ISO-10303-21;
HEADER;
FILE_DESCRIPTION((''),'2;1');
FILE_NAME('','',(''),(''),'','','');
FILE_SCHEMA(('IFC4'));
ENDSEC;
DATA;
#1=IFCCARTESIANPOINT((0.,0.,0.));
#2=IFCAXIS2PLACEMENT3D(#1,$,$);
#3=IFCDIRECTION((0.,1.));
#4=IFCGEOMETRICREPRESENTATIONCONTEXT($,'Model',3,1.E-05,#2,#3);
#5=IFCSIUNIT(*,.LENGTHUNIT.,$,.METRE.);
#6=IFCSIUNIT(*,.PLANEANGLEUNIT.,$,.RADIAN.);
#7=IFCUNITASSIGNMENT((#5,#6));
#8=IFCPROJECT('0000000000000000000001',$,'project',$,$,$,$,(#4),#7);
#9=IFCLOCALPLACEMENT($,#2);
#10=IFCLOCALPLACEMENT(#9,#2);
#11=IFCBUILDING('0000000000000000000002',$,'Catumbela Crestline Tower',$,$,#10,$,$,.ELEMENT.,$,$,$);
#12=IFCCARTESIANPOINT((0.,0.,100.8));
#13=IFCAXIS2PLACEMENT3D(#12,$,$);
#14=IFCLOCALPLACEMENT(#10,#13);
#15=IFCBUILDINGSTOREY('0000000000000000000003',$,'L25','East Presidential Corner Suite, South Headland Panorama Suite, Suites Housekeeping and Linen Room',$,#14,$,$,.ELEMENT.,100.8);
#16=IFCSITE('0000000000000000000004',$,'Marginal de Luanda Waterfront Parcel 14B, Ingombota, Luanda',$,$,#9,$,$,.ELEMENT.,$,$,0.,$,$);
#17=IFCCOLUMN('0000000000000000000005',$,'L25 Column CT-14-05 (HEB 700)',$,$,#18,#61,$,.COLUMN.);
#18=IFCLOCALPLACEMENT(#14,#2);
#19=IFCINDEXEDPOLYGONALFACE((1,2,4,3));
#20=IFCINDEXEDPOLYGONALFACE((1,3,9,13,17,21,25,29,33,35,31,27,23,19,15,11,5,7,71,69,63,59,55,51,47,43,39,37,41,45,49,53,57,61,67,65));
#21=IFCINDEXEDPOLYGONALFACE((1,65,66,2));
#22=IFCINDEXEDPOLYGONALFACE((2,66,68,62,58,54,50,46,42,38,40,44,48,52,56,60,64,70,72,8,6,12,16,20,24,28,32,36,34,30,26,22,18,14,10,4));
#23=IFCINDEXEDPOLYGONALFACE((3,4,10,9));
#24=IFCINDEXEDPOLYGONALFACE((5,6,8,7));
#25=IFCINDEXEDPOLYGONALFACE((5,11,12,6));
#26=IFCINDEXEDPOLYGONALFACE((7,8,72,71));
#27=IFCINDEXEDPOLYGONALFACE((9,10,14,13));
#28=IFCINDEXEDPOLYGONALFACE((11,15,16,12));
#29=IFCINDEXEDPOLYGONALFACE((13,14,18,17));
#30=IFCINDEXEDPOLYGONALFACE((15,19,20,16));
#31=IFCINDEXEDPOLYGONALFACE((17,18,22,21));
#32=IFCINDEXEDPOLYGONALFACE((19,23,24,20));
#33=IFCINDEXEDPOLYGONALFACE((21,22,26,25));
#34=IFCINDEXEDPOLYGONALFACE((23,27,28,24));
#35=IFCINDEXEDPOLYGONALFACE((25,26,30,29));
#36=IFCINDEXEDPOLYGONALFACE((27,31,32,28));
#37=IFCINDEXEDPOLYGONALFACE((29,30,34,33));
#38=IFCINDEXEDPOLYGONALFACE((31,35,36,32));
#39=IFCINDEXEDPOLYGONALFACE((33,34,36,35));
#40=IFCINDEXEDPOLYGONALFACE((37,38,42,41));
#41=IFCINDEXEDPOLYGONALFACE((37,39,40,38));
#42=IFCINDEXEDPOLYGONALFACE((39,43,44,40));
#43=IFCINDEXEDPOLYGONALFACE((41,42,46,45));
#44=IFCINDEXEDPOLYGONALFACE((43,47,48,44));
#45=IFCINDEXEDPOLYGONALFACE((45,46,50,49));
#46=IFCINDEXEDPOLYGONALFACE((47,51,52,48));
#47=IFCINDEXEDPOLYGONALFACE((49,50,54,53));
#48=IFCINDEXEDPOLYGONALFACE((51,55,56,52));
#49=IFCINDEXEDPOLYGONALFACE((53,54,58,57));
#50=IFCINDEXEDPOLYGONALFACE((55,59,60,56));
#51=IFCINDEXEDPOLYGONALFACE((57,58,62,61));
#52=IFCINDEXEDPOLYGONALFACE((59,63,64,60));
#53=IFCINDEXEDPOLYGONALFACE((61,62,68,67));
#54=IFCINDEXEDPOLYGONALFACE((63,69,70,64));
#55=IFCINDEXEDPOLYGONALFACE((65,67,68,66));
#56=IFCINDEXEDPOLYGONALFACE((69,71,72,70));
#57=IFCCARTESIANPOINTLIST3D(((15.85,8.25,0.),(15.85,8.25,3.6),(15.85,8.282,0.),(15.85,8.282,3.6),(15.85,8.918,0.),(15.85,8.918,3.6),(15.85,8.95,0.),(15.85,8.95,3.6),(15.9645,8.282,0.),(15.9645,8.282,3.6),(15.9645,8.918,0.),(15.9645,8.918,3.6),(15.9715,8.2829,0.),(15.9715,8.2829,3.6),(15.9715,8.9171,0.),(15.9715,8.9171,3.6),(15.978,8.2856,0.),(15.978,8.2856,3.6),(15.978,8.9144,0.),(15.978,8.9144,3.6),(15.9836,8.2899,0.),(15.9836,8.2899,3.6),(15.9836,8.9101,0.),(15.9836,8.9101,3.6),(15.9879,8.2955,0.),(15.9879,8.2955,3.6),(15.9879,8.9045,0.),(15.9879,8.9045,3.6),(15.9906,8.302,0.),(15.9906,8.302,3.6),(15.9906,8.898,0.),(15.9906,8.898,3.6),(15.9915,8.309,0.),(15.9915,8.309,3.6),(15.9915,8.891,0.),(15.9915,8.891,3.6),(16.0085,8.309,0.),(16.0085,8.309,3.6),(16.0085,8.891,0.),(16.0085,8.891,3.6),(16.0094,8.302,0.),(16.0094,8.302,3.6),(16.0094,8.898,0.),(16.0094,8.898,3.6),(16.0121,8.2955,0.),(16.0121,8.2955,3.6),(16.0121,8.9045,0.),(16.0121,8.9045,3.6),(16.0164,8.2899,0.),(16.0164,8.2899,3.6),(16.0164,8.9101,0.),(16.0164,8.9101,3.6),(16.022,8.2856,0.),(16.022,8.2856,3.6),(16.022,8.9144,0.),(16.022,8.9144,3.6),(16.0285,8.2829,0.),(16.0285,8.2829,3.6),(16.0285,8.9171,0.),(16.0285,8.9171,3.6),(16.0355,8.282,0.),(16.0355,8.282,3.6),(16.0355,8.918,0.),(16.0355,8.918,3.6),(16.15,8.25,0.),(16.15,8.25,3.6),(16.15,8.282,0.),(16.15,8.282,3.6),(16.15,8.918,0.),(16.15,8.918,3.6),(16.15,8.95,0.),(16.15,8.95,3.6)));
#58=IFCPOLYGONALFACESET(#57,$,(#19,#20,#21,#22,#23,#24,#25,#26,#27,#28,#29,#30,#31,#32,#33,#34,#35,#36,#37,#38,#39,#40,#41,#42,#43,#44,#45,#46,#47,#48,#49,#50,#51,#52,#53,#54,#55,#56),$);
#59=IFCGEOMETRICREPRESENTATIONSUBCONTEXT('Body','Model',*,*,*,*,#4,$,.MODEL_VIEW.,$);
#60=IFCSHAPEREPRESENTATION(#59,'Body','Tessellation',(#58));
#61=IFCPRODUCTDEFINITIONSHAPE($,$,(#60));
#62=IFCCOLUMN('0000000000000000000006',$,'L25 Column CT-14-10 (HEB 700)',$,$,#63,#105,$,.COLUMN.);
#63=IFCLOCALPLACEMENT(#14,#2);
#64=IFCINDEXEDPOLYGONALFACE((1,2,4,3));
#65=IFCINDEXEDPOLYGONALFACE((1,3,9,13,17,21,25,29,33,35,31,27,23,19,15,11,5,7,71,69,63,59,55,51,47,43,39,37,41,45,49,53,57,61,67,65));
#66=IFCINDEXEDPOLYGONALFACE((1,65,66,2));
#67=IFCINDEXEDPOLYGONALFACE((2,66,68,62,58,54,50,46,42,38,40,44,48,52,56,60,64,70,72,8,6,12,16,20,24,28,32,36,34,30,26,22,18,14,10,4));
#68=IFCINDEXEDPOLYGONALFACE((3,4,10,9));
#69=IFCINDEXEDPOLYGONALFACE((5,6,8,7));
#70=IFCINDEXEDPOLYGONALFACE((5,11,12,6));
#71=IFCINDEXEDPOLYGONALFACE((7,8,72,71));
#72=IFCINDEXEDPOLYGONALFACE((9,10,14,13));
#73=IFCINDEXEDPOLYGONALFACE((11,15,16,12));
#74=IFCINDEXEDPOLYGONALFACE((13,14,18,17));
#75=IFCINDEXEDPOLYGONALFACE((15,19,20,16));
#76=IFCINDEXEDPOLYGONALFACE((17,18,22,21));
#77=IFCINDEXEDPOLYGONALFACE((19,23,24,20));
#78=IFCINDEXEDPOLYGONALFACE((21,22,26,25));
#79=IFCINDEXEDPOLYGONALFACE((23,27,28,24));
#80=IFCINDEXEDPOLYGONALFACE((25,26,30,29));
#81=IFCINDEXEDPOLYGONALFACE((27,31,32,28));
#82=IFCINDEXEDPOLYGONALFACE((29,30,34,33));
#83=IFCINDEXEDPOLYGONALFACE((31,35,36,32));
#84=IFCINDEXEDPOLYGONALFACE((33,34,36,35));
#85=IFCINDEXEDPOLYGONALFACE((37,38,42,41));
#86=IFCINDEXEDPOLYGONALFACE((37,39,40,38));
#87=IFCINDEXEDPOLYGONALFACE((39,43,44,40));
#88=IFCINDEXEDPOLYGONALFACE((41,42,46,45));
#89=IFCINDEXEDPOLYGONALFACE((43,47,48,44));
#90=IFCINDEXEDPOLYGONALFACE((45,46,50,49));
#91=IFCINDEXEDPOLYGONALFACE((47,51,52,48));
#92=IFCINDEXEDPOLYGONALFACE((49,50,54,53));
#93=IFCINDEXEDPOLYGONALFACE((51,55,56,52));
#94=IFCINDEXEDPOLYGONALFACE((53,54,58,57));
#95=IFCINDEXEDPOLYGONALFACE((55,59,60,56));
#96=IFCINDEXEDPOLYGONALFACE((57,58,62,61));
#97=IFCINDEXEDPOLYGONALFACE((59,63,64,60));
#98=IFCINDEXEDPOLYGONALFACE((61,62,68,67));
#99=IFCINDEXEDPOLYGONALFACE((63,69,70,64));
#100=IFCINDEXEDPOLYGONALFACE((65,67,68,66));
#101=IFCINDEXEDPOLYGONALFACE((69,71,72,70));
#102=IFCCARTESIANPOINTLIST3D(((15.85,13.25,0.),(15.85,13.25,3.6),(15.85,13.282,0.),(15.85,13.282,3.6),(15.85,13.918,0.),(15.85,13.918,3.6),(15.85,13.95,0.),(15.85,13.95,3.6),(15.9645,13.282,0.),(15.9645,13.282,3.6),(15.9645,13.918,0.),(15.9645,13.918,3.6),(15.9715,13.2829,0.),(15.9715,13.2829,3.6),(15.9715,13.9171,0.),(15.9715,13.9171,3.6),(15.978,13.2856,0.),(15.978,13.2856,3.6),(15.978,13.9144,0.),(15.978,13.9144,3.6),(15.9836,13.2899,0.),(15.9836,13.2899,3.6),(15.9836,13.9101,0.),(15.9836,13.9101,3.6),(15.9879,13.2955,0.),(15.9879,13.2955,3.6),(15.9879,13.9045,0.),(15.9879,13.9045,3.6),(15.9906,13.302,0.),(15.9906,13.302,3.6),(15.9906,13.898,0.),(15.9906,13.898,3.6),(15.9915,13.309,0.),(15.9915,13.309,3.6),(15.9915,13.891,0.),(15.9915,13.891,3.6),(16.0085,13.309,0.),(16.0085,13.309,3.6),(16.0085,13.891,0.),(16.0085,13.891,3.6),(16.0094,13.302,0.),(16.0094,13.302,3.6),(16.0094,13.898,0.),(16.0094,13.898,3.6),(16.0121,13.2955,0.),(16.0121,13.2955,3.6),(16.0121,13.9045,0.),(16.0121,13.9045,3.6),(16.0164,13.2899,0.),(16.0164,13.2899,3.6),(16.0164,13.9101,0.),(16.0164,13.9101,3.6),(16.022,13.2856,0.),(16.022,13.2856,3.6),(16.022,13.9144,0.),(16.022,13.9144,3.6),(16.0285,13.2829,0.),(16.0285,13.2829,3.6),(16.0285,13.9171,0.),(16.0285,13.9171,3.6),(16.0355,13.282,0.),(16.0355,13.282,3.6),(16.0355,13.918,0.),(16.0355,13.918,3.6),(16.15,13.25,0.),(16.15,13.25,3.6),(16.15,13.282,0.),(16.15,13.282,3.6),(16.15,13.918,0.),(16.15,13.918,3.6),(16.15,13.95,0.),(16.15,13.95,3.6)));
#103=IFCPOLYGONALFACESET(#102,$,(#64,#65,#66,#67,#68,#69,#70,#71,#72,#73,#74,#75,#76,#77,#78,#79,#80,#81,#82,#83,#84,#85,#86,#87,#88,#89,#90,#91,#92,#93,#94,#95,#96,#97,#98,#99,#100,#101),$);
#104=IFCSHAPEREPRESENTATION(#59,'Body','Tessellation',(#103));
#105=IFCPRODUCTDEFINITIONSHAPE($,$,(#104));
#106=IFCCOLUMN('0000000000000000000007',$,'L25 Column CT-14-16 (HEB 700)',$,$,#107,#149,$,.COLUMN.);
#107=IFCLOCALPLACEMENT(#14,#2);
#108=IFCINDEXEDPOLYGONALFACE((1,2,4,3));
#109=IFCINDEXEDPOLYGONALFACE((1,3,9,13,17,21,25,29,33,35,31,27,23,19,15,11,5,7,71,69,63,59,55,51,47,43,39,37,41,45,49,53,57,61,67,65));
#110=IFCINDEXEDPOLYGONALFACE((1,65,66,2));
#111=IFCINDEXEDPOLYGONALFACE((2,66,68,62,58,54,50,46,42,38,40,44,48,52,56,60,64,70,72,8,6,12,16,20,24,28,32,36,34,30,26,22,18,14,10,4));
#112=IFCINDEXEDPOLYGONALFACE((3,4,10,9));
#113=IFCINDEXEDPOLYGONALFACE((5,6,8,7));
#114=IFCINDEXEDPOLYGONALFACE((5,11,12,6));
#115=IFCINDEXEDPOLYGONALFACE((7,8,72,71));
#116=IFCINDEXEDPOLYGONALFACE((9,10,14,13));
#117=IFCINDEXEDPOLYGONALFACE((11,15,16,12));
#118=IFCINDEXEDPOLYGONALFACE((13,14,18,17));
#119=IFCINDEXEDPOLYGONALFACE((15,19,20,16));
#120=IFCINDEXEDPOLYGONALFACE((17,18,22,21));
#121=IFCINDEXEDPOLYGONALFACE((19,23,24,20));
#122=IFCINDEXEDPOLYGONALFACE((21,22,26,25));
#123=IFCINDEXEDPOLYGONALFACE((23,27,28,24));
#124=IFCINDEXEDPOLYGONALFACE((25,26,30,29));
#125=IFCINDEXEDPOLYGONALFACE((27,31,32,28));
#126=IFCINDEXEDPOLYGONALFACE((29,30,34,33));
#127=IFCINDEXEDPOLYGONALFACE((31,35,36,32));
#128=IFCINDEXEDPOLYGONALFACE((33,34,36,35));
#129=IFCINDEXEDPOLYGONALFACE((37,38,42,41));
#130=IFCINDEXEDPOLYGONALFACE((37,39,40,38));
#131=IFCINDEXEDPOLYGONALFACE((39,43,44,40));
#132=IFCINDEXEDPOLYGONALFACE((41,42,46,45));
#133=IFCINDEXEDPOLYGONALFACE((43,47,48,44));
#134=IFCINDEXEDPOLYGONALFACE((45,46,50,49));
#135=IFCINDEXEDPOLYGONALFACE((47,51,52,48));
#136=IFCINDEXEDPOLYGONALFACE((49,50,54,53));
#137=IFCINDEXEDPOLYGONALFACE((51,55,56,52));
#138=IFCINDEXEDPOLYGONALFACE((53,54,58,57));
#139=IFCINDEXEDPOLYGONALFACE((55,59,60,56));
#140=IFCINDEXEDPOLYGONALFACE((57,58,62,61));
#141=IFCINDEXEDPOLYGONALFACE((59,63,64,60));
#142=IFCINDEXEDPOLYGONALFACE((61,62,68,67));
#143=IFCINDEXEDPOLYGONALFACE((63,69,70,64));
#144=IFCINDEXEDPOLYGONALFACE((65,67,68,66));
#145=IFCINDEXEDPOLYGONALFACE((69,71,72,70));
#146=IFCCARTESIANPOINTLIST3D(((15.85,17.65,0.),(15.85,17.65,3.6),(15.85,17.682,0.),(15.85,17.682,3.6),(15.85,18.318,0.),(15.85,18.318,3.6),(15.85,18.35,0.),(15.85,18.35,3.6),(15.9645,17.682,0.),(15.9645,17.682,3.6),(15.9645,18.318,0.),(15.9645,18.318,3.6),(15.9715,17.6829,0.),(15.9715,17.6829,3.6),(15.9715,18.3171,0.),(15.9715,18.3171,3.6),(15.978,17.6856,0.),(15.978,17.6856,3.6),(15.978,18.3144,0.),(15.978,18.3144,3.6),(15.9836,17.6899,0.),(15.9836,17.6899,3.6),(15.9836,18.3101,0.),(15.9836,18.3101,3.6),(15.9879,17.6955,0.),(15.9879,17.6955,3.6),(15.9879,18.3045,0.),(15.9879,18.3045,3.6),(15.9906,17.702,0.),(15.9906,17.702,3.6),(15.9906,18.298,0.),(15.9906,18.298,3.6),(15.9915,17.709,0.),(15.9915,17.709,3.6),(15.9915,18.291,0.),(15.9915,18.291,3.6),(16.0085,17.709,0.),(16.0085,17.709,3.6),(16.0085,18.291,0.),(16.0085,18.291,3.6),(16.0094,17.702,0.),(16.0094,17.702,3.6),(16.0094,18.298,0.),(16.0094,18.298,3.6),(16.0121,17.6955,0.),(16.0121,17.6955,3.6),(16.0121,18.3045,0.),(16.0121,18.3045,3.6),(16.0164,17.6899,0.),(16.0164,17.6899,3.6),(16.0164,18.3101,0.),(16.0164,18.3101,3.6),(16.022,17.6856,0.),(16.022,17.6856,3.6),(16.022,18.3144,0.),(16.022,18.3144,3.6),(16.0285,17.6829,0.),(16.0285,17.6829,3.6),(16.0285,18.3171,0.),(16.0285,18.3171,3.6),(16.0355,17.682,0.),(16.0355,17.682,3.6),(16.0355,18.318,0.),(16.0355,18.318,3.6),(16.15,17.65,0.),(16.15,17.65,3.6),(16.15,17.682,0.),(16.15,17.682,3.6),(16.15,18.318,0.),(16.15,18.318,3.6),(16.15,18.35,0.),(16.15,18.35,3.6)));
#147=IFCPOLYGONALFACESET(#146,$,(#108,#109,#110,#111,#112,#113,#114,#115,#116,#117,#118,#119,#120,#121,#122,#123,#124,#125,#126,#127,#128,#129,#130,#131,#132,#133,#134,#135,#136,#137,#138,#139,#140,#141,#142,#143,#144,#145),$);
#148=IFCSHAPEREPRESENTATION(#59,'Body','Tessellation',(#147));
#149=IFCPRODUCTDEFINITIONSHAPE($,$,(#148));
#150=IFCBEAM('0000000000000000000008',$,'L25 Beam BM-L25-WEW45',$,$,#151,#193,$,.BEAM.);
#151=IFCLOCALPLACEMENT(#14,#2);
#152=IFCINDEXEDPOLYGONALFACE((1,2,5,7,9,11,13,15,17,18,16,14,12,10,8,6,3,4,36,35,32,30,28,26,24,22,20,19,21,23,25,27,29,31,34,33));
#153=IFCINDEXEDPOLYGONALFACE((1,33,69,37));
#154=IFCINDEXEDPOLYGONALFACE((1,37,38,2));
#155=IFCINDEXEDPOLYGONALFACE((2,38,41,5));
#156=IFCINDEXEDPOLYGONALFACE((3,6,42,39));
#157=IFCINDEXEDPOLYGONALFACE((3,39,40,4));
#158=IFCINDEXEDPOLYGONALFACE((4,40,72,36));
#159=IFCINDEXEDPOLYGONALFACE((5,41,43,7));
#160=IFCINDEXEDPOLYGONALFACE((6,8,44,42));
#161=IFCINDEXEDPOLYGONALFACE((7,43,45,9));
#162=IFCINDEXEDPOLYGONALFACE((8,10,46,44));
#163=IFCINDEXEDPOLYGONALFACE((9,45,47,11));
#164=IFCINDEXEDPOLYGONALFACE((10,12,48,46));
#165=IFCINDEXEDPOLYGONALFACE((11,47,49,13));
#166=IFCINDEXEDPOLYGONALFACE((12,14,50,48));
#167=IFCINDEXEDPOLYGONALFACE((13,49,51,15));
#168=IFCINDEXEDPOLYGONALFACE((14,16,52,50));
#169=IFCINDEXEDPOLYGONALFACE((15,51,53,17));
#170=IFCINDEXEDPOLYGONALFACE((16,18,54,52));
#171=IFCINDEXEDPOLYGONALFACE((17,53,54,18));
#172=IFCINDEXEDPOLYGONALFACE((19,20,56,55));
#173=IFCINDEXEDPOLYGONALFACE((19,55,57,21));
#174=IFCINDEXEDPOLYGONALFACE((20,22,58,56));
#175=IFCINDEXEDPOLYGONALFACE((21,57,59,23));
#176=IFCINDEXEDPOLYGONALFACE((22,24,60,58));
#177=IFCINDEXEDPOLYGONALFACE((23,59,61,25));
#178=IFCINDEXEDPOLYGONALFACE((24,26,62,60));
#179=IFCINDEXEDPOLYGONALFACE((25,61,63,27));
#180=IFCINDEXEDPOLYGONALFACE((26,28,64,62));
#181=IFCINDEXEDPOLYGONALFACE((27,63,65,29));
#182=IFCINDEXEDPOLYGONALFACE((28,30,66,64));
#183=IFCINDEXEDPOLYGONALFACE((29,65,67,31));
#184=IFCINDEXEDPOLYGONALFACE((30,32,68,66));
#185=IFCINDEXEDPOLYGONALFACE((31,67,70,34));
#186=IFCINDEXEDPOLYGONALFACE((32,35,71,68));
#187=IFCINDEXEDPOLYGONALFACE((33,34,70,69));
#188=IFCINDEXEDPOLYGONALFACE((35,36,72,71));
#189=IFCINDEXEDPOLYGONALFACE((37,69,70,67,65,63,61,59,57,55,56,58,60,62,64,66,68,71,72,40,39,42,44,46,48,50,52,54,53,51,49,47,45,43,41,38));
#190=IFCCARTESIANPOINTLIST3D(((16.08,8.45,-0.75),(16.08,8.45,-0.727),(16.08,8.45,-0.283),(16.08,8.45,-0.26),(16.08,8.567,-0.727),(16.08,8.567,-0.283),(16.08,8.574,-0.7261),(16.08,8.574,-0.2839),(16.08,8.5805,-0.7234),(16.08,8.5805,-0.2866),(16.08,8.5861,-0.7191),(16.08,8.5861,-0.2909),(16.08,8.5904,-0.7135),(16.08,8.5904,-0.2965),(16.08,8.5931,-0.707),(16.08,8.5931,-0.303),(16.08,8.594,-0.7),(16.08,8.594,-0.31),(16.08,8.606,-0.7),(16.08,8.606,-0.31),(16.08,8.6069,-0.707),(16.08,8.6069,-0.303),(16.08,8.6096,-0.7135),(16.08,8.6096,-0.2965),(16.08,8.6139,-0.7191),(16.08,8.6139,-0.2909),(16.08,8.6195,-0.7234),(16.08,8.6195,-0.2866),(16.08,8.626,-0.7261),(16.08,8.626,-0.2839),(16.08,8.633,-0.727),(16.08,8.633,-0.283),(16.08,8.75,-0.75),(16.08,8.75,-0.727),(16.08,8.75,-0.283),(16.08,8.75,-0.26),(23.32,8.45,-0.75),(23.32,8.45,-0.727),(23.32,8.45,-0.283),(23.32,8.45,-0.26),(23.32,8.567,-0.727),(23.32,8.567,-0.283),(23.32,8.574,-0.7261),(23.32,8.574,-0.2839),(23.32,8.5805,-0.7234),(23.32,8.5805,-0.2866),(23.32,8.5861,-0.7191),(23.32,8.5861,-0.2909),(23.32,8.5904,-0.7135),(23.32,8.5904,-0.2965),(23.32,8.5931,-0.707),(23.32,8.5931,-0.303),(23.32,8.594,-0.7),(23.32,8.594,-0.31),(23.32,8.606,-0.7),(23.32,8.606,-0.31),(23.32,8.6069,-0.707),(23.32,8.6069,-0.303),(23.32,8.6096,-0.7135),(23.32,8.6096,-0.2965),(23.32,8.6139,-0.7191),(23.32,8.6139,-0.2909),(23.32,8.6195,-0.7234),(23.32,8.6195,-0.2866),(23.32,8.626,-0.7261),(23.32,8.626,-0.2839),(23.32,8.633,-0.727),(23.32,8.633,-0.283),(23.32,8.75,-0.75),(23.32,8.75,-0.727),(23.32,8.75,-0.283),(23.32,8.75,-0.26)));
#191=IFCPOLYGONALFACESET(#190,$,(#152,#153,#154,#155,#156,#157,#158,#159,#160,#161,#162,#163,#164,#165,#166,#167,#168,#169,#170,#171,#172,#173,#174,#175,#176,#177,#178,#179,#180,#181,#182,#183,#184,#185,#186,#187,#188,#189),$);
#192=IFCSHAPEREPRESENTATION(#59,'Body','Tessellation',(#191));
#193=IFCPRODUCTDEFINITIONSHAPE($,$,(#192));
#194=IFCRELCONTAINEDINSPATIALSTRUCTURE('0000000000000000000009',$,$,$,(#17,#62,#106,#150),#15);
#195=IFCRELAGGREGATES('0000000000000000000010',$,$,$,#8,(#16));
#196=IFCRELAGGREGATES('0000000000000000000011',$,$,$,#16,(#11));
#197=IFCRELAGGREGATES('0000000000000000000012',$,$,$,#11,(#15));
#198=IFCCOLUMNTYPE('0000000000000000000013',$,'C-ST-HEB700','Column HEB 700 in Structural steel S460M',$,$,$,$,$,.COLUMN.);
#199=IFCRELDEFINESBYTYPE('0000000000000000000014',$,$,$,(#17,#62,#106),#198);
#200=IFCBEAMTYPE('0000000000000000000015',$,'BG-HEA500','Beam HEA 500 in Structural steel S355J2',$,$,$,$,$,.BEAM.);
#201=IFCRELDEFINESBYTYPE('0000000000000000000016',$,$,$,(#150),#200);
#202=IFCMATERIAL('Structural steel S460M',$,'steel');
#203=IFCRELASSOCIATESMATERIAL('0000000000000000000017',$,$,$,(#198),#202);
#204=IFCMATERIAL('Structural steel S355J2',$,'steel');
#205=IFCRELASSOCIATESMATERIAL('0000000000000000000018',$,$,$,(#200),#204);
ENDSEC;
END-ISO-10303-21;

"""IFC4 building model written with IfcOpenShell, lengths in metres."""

from ifc_helpers import new_model, si_unit, direction, frame, origin, origin_2d, place, context, subcontext, project, spatial, i_section, extrude, material, material_profile, profile_set, type_object, element, save


model = new_model("IFC4")

# Units and contexts
model_context = context("Model", 3, precision=1e-05, world=origin(), true_north=direction((0.0, 1.0)))
body_context = subcontext(model_context, "Body", "Model", "MODEL_VIEW")
ifc_project = project(units=[si_unit("LENGTHUNIT", "METRE"), si_unit("PLANEANGLEUNIT", "RADIAN")], contexts=[model_context])

# Site, building, storey
site_placement = place(None, origin())
site = spatial("IfcSite", under=ifc_project, at=site_placement, Name="Marginal de Luanda Waterfront Parcel 14B, Ingombota, Luanda", CompositionType="ELEMENT", RefElevation=0.0)
building_placement = place(site_placement, origin())
building = spatial("IfcBuilding", under=site, at=building_placement, Name="Catumbela Crestline Tower", CompositionType="ELEMENT")
storey_placement = place(building_placement, frame((0.0, 0.0, 100.8)))
storey = spatial("IfcBuildingStorey", under=building, at=storey_placement, Name="L25", Description="East Presidential Corner Suite, South Headland Panorama Suite, Suites Housekeeping and Linen Room", CompositionType="ELEMENT", Elevation=100.8)

# Columns
ifc_material_1 = material(Name="Structural steel S460M", Category="steel")
ifc_material_profile_1 = material_profile(ifc_material_1, i_section(OverallWidth=0.3, OverallDepth=0.7, WebThickness=0.017, FlangeThickness=0.032, FilletRadius=0.027, at=origin_2d()), Name="HEB 700")
ifc_profile_set_1 = profile_set([ifc_material_profile_1], Name="Structural steel S460M")
column_type = type_object("IfcColumnType", Name="C-ST-HEB700", Description="Column HEB 700 in Structural steel S460M", PredefinedType="COLUMN", material=ifc_profile_set_1)
for number, where, z_axis, x_axis, name in (
    (1, (16.0, 8.6, 0.0), (0.0, 0.0, 1.0), (1.0, 0.0, 0.0), "L25 Column CT-14-05 (HEB 700)"),
    (2, (16.0, 13.6, 0.0), (0.0, 0.0, 1.0), (1.0, 0.0, 0.0), "L25 Column CT-14-10 (HEB 700)"),
    (3, (16.0, 18.0, 0.0), (0.0, 0.0, 1.0), (1.0, 0.0, 0.0), "L25 Column CT-14-16 (HEB 700)"),
):
    element("IfcColumn", number, at=place(storey_placement, frame(where, z_axis=z_axis, x_axis=x_axis)), inside=storey, type_object=column_type, Name=name, PredefinedType="COLUMN", context=body_context, shape_type="SweptSolid", body=[
        extrude(i_section(OverallWidth=0.3, OverallDepth=0.7, WebThickness=0.017, FlangeThickness=0.032, FilletRadius=0.027, at=origin_2d()), origin(), (0.0, 0.0, 1.0), 3.6),
    ])

# Beam
ifc_material_2 = material(Name="Structural steel S355J2", Category="steel")
ifc_material_profile_2 = material_profile(ifc_material_2, i_section(OverallWidth=0.3, OverallDepth=0.49, WebThickness=0.012, FlangeThickness=0.023, FilletRadius=0.027, at=origin_2d()), Name="HEA 500")
ifc_profile_set_2 = profile_set([ifc_material_profile_2], Name="Structural steel S355J2")
beam_type_1 = type_object("IfcBeamType", Name="BG-HEA500", Description="Beam HEA 500 in Structural steel S355J2", PredefinedType="BEAM", material=ifc_profile_set_2)
for number, where, z_axis, x_axis, name in (
    (4, (16.08, 8.6, -0.505), (1.0, 0.0, 0.0), (0.0, 1.0, 0.0), "L25 Beam BM-L25-WEW45"),
):
    element("IfcBeam", number, at=place(storey_placement, frame(where, z_axis=z_axis, x_axis=x_axis)), inside=storey, type_object=beam_type_1, Name=name, PredefinedType="BEAM", context=body_context, shape_type="SweptSolid", body=[
        extrude(i_section(OverallWidth=0.3, OverallDepth=0.49, WebThickness=0.012, FlangeThickness=0.023, FilletRadius=0.027, at=origin_2d()), origin(), (0.0, 0.0, 1.0), 7.24),
    ])

save(model, "model.ifc")
